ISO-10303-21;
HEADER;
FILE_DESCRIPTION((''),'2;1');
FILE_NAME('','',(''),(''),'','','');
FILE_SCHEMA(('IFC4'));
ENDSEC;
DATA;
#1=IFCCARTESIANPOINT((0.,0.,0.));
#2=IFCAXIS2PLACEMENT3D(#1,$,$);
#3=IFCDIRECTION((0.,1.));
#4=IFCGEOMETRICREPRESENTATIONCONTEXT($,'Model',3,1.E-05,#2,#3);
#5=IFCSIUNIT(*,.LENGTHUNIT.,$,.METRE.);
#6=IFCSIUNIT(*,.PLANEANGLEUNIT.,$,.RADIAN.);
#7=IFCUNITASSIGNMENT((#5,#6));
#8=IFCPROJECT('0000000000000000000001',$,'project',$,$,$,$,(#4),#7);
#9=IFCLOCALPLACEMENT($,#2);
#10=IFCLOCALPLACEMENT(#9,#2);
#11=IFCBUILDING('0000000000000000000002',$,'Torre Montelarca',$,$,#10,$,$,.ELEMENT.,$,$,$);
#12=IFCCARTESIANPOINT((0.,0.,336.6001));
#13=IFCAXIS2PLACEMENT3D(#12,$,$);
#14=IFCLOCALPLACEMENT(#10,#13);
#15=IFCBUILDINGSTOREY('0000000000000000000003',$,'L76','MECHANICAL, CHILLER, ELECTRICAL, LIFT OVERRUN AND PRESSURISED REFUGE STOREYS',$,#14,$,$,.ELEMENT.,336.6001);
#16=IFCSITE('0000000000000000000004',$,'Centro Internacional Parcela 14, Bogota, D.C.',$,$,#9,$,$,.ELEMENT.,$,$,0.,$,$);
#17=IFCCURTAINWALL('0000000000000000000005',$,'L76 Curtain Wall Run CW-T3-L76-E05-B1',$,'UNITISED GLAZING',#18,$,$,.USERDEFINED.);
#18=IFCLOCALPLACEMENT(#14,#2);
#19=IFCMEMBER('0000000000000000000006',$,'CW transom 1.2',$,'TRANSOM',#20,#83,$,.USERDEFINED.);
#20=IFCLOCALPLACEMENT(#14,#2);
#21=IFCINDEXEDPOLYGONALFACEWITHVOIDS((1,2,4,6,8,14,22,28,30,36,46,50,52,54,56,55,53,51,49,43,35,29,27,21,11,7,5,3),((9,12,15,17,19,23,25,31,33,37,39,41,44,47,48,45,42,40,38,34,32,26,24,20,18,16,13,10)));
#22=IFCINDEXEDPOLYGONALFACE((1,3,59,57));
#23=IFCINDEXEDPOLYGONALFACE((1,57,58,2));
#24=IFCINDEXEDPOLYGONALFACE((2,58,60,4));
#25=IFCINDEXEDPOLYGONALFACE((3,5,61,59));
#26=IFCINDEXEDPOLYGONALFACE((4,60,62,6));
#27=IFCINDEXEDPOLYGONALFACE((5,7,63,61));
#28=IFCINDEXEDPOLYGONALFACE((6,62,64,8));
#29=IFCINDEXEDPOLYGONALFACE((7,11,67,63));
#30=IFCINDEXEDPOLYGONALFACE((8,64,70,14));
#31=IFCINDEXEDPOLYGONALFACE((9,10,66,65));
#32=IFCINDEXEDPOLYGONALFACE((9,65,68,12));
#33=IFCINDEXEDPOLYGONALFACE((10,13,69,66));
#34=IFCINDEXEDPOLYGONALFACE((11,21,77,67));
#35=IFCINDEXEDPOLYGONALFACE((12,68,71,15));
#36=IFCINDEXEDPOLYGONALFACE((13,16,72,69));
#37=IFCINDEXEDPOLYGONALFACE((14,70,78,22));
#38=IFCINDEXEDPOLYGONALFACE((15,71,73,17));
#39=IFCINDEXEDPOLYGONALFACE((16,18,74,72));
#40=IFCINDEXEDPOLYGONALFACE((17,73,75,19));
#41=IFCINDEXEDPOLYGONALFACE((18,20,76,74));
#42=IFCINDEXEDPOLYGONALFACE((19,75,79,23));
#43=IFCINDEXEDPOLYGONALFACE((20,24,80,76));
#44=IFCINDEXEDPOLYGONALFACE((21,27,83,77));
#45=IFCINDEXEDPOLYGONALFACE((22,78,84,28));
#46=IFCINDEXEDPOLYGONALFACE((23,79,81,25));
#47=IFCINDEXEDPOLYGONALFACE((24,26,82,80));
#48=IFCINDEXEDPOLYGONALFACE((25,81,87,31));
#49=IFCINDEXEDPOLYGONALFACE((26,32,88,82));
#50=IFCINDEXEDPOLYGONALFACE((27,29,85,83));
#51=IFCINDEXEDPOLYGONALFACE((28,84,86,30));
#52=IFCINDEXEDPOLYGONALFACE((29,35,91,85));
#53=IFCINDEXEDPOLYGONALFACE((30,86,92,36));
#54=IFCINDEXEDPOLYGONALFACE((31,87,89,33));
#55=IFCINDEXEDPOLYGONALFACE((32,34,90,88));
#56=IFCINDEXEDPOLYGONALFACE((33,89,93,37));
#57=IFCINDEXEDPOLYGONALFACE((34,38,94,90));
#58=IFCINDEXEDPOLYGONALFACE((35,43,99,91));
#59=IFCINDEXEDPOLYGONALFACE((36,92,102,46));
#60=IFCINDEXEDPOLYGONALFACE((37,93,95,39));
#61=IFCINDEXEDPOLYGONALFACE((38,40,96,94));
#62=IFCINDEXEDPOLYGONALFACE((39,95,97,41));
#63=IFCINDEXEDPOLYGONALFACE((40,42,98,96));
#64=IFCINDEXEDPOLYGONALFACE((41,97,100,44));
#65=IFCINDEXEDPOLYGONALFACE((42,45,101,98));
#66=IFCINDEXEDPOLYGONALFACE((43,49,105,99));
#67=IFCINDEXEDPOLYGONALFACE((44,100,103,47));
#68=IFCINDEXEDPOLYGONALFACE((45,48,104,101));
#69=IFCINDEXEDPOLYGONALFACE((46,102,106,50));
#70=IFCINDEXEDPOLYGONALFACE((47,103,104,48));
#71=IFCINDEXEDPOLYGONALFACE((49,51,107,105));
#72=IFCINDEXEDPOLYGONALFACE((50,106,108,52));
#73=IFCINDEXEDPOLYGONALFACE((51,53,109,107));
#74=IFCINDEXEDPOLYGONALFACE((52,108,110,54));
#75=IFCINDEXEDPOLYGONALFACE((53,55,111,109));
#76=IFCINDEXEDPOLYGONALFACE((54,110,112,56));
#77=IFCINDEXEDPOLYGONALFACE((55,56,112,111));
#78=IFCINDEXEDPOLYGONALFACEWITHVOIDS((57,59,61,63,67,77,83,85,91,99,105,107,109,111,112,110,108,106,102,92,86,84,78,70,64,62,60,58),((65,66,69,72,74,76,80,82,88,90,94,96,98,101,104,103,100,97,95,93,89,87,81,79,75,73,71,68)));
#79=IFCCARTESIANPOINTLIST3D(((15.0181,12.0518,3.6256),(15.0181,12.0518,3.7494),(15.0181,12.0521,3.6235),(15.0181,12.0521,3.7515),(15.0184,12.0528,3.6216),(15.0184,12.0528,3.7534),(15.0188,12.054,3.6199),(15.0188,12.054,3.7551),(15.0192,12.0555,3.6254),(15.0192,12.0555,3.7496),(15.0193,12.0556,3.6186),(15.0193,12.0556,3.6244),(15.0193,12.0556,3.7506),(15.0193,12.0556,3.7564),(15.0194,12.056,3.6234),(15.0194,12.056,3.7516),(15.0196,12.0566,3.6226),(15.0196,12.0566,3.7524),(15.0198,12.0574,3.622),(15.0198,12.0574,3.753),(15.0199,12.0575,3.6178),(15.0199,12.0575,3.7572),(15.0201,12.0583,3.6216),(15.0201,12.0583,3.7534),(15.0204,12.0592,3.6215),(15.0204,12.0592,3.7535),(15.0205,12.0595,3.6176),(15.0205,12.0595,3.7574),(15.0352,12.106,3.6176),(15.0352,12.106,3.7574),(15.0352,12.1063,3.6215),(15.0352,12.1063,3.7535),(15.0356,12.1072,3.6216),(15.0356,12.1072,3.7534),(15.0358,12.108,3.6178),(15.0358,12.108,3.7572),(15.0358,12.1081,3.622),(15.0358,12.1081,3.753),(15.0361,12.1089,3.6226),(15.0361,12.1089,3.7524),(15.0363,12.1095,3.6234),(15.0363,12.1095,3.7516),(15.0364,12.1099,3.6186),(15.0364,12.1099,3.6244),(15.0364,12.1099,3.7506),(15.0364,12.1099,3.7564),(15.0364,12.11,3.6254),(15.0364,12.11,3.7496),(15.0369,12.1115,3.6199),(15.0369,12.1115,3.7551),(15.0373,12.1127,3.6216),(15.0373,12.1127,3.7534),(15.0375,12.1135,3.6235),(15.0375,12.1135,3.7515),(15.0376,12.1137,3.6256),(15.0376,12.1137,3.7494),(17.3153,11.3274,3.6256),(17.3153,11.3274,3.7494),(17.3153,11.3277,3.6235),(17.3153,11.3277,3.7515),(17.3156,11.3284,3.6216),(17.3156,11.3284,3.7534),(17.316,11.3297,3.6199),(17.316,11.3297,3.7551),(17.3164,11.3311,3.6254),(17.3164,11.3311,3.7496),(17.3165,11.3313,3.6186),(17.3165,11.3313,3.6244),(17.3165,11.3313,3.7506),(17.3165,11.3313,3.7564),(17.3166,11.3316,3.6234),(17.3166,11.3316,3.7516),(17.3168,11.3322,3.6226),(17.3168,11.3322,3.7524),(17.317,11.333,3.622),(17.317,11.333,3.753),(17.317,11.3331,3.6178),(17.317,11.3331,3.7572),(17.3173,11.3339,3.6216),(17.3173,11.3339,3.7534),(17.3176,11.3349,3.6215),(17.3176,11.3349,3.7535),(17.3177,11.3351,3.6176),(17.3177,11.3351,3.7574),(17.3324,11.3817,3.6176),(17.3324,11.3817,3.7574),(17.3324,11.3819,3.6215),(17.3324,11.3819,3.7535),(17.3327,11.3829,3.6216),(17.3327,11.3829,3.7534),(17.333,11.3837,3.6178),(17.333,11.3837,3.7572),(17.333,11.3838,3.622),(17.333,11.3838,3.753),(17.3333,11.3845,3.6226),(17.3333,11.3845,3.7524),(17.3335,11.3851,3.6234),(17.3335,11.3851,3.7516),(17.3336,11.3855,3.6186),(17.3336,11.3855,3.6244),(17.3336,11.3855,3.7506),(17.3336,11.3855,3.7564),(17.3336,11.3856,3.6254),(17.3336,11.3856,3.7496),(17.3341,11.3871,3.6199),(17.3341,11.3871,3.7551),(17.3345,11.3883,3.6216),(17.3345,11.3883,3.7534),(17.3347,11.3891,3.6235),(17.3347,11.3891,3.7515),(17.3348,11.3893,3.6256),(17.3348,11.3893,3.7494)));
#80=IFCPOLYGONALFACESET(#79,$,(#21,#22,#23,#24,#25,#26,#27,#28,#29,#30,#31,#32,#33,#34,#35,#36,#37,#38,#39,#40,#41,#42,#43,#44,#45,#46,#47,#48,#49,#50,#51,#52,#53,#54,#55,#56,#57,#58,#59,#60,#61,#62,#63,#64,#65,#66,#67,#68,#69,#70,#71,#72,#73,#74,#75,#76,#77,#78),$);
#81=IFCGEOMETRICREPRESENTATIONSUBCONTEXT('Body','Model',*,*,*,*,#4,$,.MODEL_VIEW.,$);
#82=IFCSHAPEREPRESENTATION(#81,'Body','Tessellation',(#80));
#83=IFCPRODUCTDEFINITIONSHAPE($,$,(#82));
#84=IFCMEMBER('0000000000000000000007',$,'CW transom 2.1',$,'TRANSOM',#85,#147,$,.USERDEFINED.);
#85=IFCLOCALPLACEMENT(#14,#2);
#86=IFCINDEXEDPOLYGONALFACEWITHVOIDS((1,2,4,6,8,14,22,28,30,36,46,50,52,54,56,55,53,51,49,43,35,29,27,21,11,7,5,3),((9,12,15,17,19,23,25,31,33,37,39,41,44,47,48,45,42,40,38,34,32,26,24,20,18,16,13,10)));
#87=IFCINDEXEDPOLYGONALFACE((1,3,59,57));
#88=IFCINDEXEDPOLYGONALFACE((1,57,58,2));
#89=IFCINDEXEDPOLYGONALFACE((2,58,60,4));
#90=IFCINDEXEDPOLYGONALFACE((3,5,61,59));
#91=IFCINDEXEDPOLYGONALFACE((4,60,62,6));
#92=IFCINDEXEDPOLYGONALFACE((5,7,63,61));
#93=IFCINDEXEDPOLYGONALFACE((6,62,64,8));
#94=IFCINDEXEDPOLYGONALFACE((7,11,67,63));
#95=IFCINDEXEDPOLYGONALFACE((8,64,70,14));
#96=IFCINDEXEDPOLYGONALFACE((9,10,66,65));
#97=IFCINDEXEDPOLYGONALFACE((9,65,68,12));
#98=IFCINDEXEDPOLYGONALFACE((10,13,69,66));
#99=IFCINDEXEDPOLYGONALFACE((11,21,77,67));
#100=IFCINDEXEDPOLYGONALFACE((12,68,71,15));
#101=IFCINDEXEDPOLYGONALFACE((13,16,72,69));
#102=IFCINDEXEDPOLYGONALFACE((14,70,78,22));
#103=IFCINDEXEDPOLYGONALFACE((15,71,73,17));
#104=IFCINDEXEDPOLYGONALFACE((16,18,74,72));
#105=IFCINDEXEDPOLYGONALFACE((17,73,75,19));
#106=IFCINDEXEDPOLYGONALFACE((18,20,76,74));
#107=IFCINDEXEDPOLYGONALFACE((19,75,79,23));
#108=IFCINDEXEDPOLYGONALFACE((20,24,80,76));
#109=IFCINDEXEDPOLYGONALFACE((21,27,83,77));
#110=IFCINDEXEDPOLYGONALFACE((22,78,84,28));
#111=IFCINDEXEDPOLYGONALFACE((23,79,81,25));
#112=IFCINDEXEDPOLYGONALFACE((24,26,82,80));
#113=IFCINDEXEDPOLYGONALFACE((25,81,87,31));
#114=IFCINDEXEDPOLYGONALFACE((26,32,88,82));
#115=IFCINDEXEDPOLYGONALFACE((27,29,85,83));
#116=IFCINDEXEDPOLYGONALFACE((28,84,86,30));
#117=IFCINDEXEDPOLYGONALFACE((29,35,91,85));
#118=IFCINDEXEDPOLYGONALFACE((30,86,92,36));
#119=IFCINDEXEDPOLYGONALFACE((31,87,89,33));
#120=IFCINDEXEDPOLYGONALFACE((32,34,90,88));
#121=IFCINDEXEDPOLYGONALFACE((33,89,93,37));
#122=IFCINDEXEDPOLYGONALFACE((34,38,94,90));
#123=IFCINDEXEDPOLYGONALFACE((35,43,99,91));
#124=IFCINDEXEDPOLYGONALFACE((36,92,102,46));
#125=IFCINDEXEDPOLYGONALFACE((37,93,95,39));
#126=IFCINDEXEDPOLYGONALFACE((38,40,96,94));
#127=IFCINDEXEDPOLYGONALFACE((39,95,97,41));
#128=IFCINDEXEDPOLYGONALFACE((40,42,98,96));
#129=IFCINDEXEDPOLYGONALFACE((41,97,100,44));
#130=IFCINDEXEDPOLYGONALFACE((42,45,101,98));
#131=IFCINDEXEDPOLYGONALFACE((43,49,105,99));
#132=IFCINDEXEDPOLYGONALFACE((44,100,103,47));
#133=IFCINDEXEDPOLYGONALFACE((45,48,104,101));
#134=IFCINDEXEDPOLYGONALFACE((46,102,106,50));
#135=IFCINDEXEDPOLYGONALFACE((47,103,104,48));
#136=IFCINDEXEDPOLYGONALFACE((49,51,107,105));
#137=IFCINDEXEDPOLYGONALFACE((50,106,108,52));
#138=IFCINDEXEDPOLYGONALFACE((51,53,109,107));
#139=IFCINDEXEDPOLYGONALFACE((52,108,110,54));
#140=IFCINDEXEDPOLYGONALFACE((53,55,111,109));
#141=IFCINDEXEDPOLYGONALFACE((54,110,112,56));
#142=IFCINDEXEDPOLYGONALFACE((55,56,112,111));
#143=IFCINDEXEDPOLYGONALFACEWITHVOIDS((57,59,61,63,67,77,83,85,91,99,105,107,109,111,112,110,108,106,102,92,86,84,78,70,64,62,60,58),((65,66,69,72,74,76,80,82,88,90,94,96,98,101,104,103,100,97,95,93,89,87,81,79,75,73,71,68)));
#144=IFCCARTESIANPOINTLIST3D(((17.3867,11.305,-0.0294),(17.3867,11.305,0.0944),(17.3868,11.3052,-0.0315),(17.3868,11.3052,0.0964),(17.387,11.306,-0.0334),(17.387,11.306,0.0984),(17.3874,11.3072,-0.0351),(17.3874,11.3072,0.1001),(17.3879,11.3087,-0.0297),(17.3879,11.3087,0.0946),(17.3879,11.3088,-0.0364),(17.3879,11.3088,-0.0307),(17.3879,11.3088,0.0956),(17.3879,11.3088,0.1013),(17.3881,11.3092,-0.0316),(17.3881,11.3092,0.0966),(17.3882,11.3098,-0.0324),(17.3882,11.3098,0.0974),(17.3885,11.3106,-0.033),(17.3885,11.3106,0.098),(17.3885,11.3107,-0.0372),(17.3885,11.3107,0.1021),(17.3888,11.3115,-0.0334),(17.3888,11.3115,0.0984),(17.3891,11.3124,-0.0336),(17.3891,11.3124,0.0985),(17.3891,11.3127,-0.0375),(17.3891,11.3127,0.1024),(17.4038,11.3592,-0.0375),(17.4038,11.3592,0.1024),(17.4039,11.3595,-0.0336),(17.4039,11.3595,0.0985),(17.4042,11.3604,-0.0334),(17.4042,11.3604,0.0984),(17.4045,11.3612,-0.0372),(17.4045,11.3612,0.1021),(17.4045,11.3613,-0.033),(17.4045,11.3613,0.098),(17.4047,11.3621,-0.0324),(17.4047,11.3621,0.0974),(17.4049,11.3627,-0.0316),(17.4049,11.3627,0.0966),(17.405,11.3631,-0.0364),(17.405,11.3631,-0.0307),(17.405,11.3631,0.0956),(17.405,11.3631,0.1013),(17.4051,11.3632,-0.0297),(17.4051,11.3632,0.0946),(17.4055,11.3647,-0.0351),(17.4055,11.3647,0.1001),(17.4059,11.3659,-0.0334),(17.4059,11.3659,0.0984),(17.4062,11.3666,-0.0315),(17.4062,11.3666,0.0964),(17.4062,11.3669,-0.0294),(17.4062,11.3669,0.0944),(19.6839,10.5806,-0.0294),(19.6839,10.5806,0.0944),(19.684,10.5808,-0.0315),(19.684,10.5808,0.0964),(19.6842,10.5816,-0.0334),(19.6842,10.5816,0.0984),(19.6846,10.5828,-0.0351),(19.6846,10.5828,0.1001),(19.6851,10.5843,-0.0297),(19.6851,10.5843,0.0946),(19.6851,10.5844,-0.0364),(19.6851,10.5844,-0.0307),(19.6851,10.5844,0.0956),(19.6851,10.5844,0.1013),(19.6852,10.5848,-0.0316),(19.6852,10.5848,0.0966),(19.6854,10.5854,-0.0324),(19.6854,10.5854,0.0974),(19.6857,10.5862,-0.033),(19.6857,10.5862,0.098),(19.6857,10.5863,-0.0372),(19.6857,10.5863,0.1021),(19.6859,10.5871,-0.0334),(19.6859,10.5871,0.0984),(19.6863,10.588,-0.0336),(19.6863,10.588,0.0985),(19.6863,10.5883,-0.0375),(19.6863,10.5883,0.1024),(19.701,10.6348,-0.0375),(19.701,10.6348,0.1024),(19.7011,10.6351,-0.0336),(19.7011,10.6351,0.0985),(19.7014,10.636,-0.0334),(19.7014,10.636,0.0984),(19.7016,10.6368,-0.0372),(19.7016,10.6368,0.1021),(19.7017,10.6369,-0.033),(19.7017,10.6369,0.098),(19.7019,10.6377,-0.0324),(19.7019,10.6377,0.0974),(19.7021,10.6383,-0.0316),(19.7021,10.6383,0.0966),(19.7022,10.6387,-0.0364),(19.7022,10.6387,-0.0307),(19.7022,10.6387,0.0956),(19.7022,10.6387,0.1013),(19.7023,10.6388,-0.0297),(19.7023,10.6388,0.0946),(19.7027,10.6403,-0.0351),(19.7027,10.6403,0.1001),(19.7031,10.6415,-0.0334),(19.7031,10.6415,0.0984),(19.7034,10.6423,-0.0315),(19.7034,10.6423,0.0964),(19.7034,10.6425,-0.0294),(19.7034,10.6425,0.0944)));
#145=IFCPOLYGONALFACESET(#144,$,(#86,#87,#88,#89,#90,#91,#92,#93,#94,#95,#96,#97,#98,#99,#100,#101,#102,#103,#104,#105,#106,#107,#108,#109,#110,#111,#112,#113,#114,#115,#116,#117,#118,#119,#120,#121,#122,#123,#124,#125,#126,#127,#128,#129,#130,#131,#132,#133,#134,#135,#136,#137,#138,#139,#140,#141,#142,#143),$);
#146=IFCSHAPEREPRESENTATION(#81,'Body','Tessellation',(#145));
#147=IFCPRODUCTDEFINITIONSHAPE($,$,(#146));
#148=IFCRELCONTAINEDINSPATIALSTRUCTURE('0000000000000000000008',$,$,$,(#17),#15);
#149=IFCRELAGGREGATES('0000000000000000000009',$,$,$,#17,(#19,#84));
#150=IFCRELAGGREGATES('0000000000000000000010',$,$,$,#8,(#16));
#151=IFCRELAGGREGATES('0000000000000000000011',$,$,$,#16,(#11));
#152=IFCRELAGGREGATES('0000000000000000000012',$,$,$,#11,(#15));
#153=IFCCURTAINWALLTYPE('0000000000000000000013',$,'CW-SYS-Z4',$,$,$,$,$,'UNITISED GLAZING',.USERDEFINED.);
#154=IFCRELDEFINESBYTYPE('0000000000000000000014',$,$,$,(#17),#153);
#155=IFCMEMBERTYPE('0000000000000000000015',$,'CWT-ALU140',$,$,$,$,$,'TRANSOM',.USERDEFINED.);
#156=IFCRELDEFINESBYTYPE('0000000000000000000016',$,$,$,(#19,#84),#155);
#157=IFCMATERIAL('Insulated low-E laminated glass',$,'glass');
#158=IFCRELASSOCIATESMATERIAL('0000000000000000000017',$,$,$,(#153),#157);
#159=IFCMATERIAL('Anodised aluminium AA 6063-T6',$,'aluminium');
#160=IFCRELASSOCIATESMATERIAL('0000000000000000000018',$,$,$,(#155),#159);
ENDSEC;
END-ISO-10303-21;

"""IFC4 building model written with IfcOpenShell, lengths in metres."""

from ifc_helpers import new_model, si_unit, direction, frame, origin, origin_2d, place, context, subcontext, project, spatial, hollow_rectangle, extrude, source, transform, mapped, material, material_profile, profile_set, type_object, element, aggregate, save


model = new_model("IFC4")

# Units and contexts
model_context = context("Model", 3, precision=1e-05, world=origin(), true_north=direction((0.0, 1.0)))
body_context = subcontext(model_context, "Body", "Model", "MODEL_VIEW")
ifc_project = project(units=[si_unit("LENGTHUNIT", "METRE"), si_unit("PLANEANGLEUNIT", "RADIAN")], contexts=[model_context])

# Site, building, storey
site_placement = place(None, origin())
site = spatial("IfcSite", under=ifc_project, at=site_placement, Name="Centro Internacional Parcela 14, Bogota, D.C.", CompositionType="ELEMENT", RefElevation=0.0)
building_placement = place(site_placement, origin())
building = spatial("IfcBuilding", under=site, at=building_placement, Name="Torre Montelarca", CompositionType="ELEMENT")
storey_placement = place(building_placement, frame((0.0, 0.0, 336.6001)))
storey = spatial("IfcBuildingStorey", under=building, at=storey_placement, Name="L76", Description="MECHANICAL, CHILLER, ELECTRICAL, LIFT OVERRUN AND PRESSURISED REFUGE STOREYS", CompositionType="ELEMENT", Elevation=336.6001)

# Curtain wall
ifc_material_1 = material(Name="Insulated low-E laminated glass", Category="glass")
curtain_wall_type = type_object("IfcCurtainWallType", Name="CW-SYS-Z4", ElementType="UNITISED GLAZING", PredefinedType="USERDEFINED", material=ifc_material_1)
ifc_material_2 = material(Name="Anodised aluminium AA 6063-T6", Category="aluminium")
ifc_material_profile_1 = material_profile(ifc_material_2, hollow_rectangle(XDim=0.0649, YDim=0.1399, WallThickness=0.0039, InnerFilletRadius=0.0039, OuterFilletRadius=0.0081, at=origin_2d()), Name="ALU65X140X4", Category="aluminium")
ifc_profile_set_1 = profile_set([ifc_material_profile_1], Name="Anodised aluminium AA 6063-T6")
member_type_1 = type_object("IfcMemberType", Name="CWT-ALU140", ElementType="TRANSOM", PredefinedType="USERDEFINED", material=ifc_profile_set_1)
curtain_wall_1_placement = place(storey_placement, origin())
curtain_wall_1 = element("IfcCurtainWall", 1, at=curtain_wall_1_placement, inside=storey, type_object=curtain_wall_type, Name="L76 Curtain Wall Run CW-T3-L76-E05-B1", ObjectType="UNITISED GLAZING", PredefinedType="USERDEFINED")

# Members
shared_shape_1 = source(origin(), body_context, "Body", "SweptSolid", [
    extrude(hollow_rectangle(XDim=0.0649, YDim=0.1399, WallThickness=0.0039, InnerFilletRadius=0.0039, OuterFilletRadius=0.0081, at=origin_2d()), origin(), (0.0, 0.0, 1.0), 2.4087),
])
member_1_placement = place(storey_placement, frame((15.0278, 12.0828, 3.6875), z_axis=(0.953707, -0.300738, 0.0), x_axis=(0.300738, 0.953707, 0.0)))
member_1 = element("IfcMember", 2, at=member_1_placement, type_object=member_type_1, Name="CW transom 1.2", ObjectType="TRANSOM", PredefinedType="USERDEFINED", context=body_context, shape_type="MappedRepresentation", body=[
    mapped(shared_shape_1, transform((0.0, 0.0, 0.0), scale=1.0)),
])
member_2_placement = place(storey_placement, frame((17.3965, 11.3359, 0.0325), z_axis=(0.953707, -0.300738, 0.0), x_axis=(0.300738, 0.953707, 0.0)))
member_2 = element("IfcMember", 3, at=member_2_placement, type_object=member_type_1, Name="CW transom 2.1", ObjectType="TRANSOM", PredefinedType="USERDEFINED", context=body_context, shape_type="MappedRepresentation", body=[
    mapped(shared_shape_1, transform((0.0, 0.0, 0.0), scale=1.0)),
])

aggregate(curtain_wall_1, [member_1, member_2])

save(model, "model.ifc")
